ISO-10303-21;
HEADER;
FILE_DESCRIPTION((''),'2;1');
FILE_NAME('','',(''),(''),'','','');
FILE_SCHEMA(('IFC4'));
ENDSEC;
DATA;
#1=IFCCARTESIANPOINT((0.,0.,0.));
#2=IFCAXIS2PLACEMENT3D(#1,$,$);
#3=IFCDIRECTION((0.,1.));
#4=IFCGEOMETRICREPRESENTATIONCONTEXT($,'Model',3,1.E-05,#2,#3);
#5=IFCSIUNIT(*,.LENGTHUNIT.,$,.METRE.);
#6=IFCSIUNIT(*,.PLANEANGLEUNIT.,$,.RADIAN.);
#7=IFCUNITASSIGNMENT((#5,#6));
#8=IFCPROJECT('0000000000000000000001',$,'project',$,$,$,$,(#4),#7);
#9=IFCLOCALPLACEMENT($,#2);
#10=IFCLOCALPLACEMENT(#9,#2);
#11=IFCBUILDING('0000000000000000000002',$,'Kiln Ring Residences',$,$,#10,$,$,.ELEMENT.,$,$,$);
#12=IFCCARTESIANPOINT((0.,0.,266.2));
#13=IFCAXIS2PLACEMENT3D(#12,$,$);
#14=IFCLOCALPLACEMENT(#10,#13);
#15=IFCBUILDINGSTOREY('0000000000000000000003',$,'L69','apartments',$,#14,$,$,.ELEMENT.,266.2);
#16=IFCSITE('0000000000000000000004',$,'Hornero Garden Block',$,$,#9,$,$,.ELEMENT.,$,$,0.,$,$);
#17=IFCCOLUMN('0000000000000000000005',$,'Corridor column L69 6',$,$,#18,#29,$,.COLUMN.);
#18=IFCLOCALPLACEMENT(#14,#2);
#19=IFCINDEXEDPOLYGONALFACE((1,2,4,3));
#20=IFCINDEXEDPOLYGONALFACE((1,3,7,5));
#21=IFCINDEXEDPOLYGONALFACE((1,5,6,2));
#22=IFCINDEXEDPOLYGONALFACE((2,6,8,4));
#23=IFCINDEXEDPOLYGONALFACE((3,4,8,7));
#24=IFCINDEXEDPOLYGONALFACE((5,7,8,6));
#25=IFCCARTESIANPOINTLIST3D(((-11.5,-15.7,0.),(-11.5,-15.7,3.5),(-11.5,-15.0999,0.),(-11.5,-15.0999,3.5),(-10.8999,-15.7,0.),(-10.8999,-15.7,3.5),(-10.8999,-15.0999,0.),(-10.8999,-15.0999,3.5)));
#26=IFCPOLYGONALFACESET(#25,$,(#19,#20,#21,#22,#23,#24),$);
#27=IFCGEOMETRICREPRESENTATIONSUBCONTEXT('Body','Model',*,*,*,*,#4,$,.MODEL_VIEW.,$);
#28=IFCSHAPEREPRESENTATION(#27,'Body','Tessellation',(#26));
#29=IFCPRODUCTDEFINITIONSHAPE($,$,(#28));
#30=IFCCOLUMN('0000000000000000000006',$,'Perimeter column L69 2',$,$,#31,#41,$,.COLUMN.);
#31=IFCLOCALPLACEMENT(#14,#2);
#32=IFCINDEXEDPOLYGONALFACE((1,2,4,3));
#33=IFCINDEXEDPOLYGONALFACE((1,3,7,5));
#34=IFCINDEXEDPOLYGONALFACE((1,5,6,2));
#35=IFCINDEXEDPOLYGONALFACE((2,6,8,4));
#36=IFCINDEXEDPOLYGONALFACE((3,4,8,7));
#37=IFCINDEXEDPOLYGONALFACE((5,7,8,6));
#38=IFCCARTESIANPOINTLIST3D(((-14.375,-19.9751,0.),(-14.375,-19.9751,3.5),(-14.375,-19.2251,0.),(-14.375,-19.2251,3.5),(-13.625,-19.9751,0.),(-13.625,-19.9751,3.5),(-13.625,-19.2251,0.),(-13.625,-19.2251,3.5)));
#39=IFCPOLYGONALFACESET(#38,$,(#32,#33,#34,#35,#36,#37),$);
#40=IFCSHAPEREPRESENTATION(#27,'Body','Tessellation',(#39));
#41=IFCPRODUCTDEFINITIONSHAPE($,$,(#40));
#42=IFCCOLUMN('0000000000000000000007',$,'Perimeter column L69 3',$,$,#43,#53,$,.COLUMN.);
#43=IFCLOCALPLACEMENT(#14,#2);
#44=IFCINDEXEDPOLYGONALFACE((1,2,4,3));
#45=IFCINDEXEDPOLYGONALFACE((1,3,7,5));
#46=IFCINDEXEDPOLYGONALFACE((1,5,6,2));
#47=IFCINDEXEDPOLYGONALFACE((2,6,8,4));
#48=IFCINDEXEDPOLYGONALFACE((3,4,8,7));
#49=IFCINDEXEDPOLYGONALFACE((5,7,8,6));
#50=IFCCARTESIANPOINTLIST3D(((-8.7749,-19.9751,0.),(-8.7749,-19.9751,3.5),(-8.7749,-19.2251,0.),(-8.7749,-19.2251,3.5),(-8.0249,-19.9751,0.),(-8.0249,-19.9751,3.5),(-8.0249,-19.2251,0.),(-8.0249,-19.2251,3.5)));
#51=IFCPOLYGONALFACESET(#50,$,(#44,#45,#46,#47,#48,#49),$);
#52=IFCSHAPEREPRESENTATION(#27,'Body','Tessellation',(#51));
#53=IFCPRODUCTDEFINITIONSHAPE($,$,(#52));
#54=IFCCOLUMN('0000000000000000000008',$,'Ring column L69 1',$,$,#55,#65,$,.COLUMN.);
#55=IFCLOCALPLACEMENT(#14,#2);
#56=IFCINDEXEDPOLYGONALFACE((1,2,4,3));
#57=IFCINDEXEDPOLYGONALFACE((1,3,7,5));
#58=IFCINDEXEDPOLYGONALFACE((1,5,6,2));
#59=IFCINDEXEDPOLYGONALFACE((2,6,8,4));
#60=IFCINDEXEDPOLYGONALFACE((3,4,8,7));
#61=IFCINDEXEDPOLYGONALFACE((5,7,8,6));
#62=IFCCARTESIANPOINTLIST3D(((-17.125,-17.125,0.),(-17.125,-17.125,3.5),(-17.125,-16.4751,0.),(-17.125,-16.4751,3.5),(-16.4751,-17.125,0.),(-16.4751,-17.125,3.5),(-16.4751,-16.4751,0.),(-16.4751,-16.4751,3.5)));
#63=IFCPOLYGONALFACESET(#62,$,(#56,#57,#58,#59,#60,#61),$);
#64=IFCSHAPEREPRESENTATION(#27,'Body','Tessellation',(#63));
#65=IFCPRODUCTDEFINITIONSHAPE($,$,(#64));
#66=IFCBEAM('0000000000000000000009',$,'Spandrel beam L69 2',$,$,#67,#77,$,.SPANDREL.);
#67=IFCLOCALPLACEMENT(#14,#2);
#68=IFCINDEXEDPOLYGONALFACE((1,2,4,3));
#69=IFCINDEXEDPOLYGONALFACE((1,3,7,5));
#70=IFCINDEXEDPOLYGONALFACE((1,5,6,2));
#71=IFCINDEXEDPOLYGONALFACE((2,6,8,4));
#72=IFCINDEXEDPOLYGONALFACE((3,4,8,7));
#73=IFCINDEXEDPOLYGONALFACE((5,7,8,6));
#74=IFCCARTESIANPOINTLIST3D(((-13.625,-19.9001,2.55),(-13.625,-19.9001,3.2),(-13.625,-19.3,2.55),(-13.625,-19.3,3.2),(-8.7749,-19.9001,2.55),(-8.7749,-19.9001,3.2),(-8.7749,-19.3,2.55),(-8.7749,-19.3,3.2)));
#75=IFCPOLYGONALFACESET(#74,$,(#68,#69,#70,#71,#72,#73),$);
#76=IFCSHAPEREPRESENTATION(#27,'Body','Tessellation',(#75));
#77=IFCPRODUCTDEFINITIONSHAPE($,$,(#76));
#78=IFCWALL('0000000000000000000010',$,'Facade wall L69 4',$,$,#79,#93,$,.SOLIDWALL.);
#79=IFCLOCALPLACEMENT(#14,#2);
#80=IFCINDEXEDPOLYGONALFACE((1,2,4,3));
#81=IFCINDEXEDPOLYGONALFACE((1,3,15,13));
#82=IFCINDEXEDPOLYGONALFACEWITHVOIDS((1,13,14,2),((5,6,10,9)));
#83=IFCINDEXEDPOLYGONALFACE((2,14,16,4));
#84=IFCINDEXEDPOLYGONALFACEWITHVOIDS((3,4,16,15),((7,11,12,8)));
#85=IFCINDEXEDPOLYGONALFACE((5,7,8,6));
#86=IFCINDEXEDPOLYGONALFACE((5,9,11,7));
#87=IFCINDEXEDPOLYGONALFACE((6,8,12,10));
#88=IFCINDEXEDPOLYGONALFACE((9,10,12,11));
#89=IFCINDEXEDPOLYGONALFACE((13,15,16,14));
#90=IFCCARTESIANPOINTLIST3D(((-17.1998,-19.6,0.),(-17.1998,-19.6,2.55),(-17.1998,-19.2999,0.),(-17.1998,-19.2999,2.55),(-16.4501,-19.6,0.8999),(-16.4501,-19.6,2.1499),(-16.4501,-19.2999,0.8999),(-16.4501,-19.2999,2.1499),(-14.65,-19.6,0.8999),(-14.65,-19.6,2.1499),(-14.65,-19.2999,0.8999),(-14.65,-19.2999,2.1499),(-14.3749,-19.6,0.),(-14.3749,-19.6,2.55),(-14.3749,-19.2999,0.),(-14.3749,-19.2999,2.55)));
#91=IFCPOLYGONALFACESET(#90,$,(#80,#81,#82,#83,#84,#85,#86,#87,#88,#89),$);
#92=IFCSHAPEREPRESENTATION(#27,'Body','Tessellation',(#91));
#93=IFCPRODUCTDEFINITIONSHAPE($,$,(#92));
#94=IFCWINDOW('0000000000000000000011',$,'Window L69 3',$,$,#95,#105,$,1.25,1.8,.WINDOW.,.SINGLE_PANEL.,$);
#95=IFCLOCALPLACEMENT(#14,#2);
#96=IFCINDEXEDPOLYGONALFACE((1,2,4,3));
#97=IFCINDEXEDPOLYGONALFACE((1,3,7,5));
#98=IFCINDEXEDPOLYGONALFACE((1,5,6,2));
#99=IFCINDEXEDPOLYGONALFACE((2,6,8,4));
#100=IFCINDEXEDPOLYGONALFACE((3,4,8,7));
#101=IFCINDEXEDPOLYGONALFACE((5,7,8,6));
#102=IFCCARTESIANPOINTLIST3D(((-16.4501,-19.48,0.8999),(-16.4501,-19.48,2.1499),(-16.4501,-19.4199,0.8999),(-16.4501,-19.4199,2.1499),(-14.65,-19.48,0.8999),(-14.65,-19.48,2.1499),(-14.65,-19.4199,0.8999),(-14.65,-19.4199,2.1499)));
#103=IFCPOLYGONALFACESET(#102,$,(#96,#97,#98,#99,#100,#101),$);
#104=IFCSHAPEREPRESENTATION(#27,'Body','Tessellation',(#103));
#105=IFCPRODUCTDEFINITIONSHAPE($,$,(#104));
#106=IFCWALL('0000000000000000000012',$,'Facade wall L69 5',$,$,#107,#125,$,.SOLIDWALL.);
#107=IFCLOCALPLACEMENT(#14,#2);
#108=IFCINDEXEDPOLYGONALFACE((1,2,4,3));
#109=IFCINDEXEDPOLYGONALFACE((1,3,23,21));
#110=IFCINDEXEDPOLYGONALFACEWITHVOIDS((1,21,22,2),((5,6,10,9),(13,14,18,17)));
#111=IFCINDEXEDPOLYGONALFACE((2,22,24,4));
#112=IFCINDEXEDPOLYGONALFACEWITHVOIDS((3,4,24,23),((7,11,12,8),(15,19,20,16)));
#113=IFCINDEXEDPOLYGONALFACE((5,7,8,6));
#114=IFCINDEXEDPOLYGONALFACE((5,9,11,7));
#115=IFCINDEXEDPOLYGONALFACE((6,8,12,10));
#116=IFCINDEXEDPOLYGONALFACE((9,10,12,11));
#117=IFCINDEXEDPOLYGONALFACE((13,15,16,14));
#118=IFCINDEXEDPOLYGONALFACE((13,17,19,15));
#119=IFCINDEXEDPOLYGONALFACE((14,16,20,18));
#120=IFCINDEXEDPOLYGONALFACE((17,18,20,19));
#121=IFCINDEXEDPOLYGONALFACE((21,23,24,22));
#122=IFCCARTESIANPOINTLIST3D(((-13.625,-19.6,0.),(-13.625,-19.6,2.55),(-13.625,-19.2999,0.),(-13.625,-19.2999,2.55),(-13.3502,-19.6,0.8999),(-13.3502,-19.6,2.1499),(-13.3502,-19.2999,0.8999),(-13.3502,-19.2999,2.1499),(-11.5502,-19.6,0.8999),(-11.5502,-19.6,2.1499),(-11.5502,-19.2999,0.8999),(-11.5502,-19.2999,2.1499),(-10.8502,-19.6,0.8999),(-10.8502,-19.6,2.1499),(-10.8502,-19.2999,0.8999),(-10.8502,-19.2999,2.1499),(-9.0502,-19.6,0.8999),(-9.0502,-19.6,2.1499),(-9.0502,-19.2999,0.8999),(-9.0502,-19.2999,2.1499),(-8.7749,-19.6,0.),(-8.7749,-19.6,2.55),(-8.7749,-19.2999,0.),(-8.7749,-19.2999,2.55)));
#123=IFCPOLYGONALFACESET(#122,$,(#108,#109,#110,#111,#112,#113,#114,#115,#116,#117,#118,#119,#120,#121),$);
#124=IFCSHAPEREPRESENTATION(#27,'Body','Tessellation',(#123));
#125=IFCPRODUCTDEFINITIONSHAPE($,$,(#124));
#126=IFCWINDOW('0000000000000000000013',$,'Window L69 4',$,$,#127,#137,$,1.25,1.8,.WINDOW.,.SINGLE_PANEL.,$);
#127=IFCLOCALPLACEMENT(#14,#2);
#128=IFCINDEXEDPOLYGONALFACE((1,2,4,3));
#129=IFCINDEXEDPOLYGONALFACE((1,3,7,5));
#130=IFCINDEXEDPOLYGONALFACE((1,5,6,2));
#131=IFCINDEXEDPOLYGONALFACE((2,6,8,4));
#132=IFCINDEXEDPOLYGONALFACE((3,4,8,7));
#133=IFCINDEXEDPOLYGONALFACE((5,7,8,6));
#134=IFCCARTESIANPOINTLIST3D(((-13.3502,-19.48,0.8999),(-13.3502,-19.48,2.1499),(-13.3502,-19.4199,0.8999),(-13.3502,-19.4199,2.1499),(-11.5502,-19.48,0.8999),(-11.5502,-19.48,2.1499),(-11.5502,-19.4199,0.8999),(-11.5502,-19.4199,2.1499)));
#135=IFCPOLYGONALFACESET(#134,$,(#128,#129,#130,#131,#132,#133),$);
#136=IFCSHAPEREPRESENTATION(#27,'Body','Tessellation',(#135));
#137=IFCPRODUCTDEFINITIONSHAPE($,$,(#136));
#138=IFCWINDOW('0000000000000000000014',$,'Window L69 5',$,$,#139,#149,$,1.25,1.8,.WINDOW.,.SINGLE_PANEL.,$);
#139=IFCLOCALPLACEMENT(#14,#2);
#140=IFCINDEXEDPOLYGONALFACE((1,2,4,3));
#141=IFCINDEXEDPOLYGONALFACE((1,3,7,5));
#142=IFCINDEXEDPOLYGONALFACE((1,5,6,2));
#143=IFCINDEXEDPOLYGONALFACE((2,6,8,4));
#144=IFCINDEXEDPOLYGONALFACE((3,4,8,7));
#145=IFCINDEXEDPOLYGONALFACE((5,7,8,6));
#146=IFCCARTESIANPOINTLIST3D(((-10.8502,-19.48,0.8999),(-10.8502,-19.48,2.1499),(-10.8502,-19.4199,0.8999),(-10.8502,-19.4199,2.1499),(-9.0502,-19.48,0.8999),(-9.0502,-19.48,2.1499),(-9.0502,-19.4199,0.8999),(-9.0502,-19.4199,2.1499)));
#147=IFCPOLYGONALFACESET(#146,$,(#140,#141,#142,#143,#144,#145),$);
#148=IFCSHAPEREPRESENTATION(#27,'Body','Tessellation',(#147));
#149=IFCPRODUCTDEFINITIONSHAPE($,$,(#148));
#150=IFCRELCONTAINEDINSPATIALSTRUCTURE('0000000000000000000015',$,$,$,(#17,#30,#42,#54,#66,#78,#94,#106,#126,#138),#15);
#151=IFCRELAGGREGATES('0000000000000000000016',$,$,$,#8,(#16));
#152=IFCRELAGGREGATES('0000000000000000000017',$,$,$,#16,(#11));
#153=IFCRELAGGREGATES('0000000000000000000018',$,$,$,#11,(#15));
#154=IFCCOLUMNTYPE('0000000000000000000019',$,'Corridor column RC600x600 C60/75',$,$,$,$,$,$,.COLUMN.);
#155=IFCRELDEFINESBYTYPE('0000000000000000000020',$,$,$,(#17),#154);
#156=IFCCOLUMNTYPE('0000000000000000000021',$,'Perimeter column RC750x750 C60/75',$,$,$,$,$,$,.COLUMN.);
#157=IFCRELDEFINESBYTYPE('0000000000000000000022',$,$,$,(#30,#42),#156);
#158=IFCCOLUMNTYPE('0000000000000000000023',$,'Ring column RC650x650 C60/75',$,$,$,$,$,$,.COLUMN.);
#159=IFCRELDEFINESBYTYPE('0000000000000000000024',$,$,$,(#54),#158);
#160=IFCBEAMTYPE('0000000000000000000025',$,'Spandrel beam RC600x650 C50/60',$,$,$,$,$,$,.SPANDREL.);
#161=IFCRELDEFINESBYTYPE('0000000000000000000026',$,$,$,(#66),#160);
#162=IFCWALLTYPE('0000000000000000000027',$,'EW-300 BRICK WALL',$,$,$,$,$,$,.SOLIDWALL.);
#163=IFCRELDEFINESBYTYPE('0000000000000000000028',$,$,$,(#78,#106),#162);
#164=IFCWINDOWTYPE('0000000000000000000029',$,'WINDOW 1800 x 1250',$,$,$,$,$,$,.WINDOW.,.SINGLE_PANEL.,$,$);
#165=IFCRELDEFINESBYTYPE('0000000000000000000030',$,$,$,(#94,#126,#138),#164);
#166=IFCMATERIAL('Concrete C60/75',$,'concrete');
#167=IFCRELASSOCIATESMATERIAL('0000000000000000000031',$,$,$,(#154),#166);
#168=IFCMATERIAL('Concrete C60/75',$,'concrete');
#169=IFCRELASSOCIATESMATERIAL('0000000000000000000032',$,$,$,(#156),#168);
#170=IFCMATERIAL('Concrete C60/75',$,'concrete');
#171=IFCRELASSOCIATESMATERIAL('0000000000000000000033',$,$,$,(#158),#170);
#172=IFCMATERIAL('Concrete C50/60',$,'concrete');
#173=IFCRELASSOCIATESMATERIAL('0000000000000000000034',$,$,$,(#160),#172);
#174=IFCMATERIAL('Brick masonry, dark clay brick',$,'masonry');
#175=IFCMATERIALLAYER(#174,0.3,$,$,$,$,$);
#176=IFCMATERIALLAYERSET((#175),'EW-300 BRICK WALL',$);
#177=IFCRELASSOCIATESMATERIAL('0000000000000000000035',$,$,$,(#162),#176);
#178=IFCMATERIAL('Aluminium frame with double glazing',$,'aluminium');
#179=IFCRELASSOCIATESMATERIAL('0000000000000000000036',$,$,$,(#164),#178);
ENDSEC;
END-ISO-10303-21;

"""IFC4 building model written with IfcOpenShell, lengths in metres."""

from ifc_helpers import new_model, si_unit, direction, frame, frame_2d, origin, origin_2d, place, context, subcontext, project, spatial, rectangle, extrude, material, layer, layer_set, material_profile, profile_set, type_object, element, fill, save


model = new_model("IFC4")

# Units and contexts
model_context = context("Model", 3, precision=1e-05, world=origin(), true_north=direction((0.0, 1.0)))
body_context = subcontext(model_context, "Body", "Model", "MODEL_VIEW")
ifc_project = project(units=[si_unit("LENGTHUNIT", "METRE"), si_unit("PLANEANGLEUNIT", "RADIAN")], contexts=[model_context])

# Site, building, storey
site_placement = place(None, origin())
site = spatial("IfcSite", under=ifc_project, at=site_placement, Name="Hornero Garden Block", CompositionType="ELEMENT", RefElevation=0.0)
building_placement = place(site_placement, origin())
building = spatial("IfcBuilding", under=site, at=building_placement, Name="Kiln Ring Residences", CompositionType="ELEMENT")
storey_placement = place(building_placement, frame((0.0, 0.0, 266.2)))
storey = spatial("IfcBuildingStorey", under=building, at=storey_placement, Name="L69", Description="apartments", CompositionType="ELEMENT", Elevation=266.2)

# Columns
ifc_material_1 = material(Name="Concrete C60/75", Category="concrete")
ifc_material_profile_1 = material_profile(ifc_material_1, rectangle(XDim=0.6001, YDim=0.6001, at=origin_2d()), Name="RC600x600")
ifc_profile_set_1 = profile_set([ifc_material_profile_1], Name="Concrete C60/75")
column_type_1 = type_object("IfcColumnType", Name="Corridor column RC600x600 C60/75", PredefinedType="COLUMN", material=ifc_profile_set_1)
column_1_placement = place(storey_placement, frame((-11.2, -15.3999, 0.0), z_axis=(0.0, 0.0, 1.0), x_axis=(1.0, 0.0, 0.0)))
element("IfcColumn", 1, at=column_1_placement, inside=storey, type_object=column_type_1, Name="Corridor column L69 6", PredefinedType="COLUMN", context=body_context, shape_type="SweptSolid", body=[
    extrude(rectangle(XDim=0.6001, YDim=0.6001, at=origin_2d()), origin(), (0.0, 0.0, 1.0), 3.5),
])
ifc_material_2 = material(Name="Concrete C60/75", Category="concrete")
ifc_material_profile_2 = material_profile(ifc_material_2, rectangle(XDim=0.75, YDim=0.75, at=origin_2d()), Name="RC750x750")
ifc_profile_set_2 = profile_set([ifc_material_profile_2], Name="Concrete C60/75")
column_type_2 = type_object("IfcColumnType", Name="Perimeter column RC750x750 C60/75", PredefinedType="COLUMN", material=ifc_profile_set_2)
for number, where, z_axis, x_axis, name in (
    (2, (-14.0, -19.6001, 0.0), (0.0, 0.0, 1.0), (1.0, 0.0, 0.0), "Perimeter column L69 2"),
    (3, (-8.3999, -19.6001, 0.0), (0.0, 0.0, 1.0), (1.0, 0.0, 0.0), "Perimeter column L69 3"),
):
    element("IfcColumn", number, at=place(storey_placement, frame(where, z_axis=z_axis, x_axis=x_axis)), inside=storey, type_object=column_type_2, Name=name, PredefinedType="COLUMN", context=body_context, shape_type="SweptSolid", body=[
        extrude(rectangle(XDim=0.75, YDim=0.75, at=origin_2d()), origin(), (0.0, 0.0, 1.0), 3.5),
    ])
ifc_material_3 = material(Name="Concrete C60/75", Category="concrete")
ifc_material_profile_3 = material_profile(ifc_material_3, rectangle(XDim=0.6499, YDim=0.6499, at=origin_2d()), Name="RC650x650")
ifc_profile_set_3 = profile_set([ifc_material_profile_3], Name="Concrete C60/75")
column_type_3 = type_object("IfcColumnType", Name="Ring column RC650x650 C60/75", PredefinedType="COLUMN", material=ifc_profile_set_3)
column_2_placement = place(storey_placement, frame((-16.8, -16.8, 0.0), z_axis=(0.0, 0.0, 1.0), x_axis=(1.0, 0.0, 0.0)))
element("IfcColumn", 4, at=column_2_placement, inside=storey, type_object=column_type_3, Name="Ring column L69 1", PredefinedType="COLUMN", context=body_context, shape_type="SweptSolid", body=[
    extrude(rectangle(XDim=0.6499, YDim=0.6499, at=origin_2d()), origin(), (0.0, 0.0, 1.0), 3.5),
])

# Beam
ifc_material_4 = material(Name="Concrete C50/60", Category="concrete")
ifc_material_profile_4 = material_profile(ifc_material_4, rectangle(XDim=0.6001, YDim=0.6499, at=origin_2d()), Name="RC600x650")
ifc_profile_set_4 = profile_set([ifc_material_profile_4], Name="Concrete C50/60")
beam_type = type_object("IfcBeamType", Name="Spandrel beam RC600x650 C50/60", PredefinedType="SPANDREL", material=ifc_profile_set_4)
beam_placement = place(storey_placement, frame((-13.625, -19.6001, 2.875), z_axis=(1.0, 0.0, 0.0), x_axis=(0.0, 1.0, 0.0)))
element("IfcBeam", 5, at=beam_placement, inside=storey, type_object=beam_type, Name="Spandrel beam L69 2", PredefinedType="SPANDREL", context=body_context, shape_type="SweptSolid", body=[
    extrude(rectangle(XDim=0.6001, YDim=0.6499, at=origin_2d()), origin(), (0.0, 0.0, 1.0), 4.8501),
])

# Wall, opening, window
ifc_material_5 = material(Name="Brick masonry, dark clay brick", Category="masonry")
ifc_layer_1 = layer(ifc_material_5, 0.3)
ifc_layer_set_1 = layer_set([ifc_layer_1], Name="EW-300 BRICK WALL")
wall_type_1 = type_object("IfcWallType", Name="EW-300 BRICK WALL", PredefinedType="SOLIDWALL", material=ifc_layer_set_1)
wall_1_placement = place(storey_placement, frame((-17.2, -19.45, 0.0), z_axis=(0.0, 0.0, 1.0), x_axis=(1.0, 0.0, 0.0)))
wall_1 = element("IfcWall", 6, at=wall_1_placement, inside=storey, type_object=wall_type_1, Name="Facade wall L69 4", PredefinedType="SOLIDWALL", context=body_context, shape_type="SweptSolid", body=[
    extrude(rectangle(XDim=2.825, YDim=0.3, at=frame_2d((1.4126, 0.0))), origin(), (0.0, 0.0, 1.0), 2.55),
])
opening_1_placement = place(wall_1_placement, frame((0.75, 0.0, 0.8999)))
opening_1 = element("IfcOpeningElement", 7, at=opening_1_placement, cuts=wall_1, PredefinedType="OPENING", context=body_context, shape_type="SweptSolid", body=[
    extrude(rectangle(XDim=1.8, YDim=1.25, at=frame_2d((0.8999, 0.625))), frame((0.0, 0.1599, 0.0), z_axis=(0.0, -1.0, 0.0), x_axis=(1.0, 0.0, 0.0)), (0.0, 0.0, 1.0), 0.3201),
])
ifc_material_6 = material(Name="Aluminium frame with double glazing", Category="aluminium")
window_type = type_object("IfcWindowType", Name="WINDOW 1800 x 1250", PartitioningType="SINGLE_PANEL", PredefinedType="WINDOW", material=ifc_material_6)
window_1_placement = place(opening_1_placement, origin())
window_1 = element("IfcWindow", 8, at=window_1_placement, inside=storey, type_object=window_type, Name="Window L69 3", OverallHeight=1.25, OverallWidth=1.8, PartitioningType="SINGLE_PANEL", PredefinedType="WINDOW", context=body_context, shape_type="SweptSolid", body=[
    extrude(rectangle(XDim=1.8, YDim=1.25, at=frame_2d((0.8999, 0.625))), frame((0.0, 0.03, 0.0), z_axis=(0.0, -1.0, 0.0), x_axis=(1.0, 0.0, 0.0)), (0.0, 0.0, 1.0), 0.0601),
])
fill(opening_1, window_1)

# Wall, openings, windows
wall_2_placement = place(storey_placement, frame((-13.625, -19.45, 0.0), z_axis=(0.0, 0.0, 1.0), x_axis=(1.0, 0.0, 0.0)))
wall_2 = element("IfcWall", 9, at=wall_2_placement, inside=storey, type_object=wall_type_1, Name="Facade wall L69 5", PredefinedType="SOLIDWALL", context=body_context, shape_type="SweptSolid", body=[
    extrude(rectangle(XDim=4.8501, YDim=0.3, at=frame_2d((2.425, 0.0))), origin(), (0.0, 0.0, 1.0), 2.55),
])
opening_2_placement = place(wall_2_placement, frame((0.2749, 0.0, 0.8999)))
opening_2 = element("IfcOpeningElement", 10, at=opening_2_placement, cuts=wall_2, PredefinedType="OPENING", context=body_context, shape_type="SweptSolid", body=[
    extrude(rectangle(XDim=1.8, YDim=1.25, at=frame_2d((0.8999, 0.625))), frame((0.0, 0.1599, 0.0), z_axis=(0.0, -1.0, 0.0), x_axis=(1.0, 0.0, 0.0)), (0.0, 0.0, 1.0), 0.3201),
])
opening_3_placement = place(wall_2_placement, frame((2.7749, 0.0, 0.8999)))
opening_3 = element("IfcOpeningElement", 11, at=opening_3_placement, cuts=wall_2, PredefinedType="OPENING", context=body_context, shape_type="SweptSolid", body=[
    extrude(rectangle(XDim=1.8, YDim=1.25, at=frame_2d((0.8999, 0.625))), frame((0.0, 0.1599, 0.0), z_axis=(0.0, -1.0, 0.0), x_axis=(1.0, 0.0, 0.0)), (0.0, 0.0, 1.0), 0.3201),
])
window_2_placement = place(opening_2_placement, origin())
window_2 = element("IfcWindow", 12, at=window_2_placement, inside=storey, type_object=window_type, Name="Window L69 4", OverallHeight=1.25, OverallWidth=1.8, PartitioningType="SINGLE_PANEL", PredefinedType="WINDOW", context=body_context, shape_type="SweptSolid", body=[
    extrude(rectangle(XDim=1.8, YDim=1.25, at=frame_2d((0.8999, 0.625))), frame((0.0, 0.03, 0.0), z_axis=(0.0, -1.0, 0.0), x_axis=(1.0, 0.0, 0.0)), (0.0, 0.0, 1.0), 0.0601),
])
fill(opening_2, window_2)
window_3_placement = place(opening_3_placement, origin())
window_3 = element("IfcWindow", 13, at=window_3_placement, inside=storey, type_object=window_type, Name="Window L69 5", OverallHeight=1.25, OverallWidth=1.8, PartitioningType="SINGLE_PANEL", PredefinedType="WINDOW", context=body_context, shape_type="SweptSolid", body=[
    extrude(rectangle(XDim=1.8, YDim=1.25, at=frame_2d((0.8999, 0.625))), frame((0.0, 0.03, 0.0), z_axis=(0.0, -1.0, 0.0), x_axis=(1.0, 0.0, 0.0)), (0.0, 0.0, 1.0), 0.0601),
])
fill(opening_3, window_3)

save(model, "model.ifc")
